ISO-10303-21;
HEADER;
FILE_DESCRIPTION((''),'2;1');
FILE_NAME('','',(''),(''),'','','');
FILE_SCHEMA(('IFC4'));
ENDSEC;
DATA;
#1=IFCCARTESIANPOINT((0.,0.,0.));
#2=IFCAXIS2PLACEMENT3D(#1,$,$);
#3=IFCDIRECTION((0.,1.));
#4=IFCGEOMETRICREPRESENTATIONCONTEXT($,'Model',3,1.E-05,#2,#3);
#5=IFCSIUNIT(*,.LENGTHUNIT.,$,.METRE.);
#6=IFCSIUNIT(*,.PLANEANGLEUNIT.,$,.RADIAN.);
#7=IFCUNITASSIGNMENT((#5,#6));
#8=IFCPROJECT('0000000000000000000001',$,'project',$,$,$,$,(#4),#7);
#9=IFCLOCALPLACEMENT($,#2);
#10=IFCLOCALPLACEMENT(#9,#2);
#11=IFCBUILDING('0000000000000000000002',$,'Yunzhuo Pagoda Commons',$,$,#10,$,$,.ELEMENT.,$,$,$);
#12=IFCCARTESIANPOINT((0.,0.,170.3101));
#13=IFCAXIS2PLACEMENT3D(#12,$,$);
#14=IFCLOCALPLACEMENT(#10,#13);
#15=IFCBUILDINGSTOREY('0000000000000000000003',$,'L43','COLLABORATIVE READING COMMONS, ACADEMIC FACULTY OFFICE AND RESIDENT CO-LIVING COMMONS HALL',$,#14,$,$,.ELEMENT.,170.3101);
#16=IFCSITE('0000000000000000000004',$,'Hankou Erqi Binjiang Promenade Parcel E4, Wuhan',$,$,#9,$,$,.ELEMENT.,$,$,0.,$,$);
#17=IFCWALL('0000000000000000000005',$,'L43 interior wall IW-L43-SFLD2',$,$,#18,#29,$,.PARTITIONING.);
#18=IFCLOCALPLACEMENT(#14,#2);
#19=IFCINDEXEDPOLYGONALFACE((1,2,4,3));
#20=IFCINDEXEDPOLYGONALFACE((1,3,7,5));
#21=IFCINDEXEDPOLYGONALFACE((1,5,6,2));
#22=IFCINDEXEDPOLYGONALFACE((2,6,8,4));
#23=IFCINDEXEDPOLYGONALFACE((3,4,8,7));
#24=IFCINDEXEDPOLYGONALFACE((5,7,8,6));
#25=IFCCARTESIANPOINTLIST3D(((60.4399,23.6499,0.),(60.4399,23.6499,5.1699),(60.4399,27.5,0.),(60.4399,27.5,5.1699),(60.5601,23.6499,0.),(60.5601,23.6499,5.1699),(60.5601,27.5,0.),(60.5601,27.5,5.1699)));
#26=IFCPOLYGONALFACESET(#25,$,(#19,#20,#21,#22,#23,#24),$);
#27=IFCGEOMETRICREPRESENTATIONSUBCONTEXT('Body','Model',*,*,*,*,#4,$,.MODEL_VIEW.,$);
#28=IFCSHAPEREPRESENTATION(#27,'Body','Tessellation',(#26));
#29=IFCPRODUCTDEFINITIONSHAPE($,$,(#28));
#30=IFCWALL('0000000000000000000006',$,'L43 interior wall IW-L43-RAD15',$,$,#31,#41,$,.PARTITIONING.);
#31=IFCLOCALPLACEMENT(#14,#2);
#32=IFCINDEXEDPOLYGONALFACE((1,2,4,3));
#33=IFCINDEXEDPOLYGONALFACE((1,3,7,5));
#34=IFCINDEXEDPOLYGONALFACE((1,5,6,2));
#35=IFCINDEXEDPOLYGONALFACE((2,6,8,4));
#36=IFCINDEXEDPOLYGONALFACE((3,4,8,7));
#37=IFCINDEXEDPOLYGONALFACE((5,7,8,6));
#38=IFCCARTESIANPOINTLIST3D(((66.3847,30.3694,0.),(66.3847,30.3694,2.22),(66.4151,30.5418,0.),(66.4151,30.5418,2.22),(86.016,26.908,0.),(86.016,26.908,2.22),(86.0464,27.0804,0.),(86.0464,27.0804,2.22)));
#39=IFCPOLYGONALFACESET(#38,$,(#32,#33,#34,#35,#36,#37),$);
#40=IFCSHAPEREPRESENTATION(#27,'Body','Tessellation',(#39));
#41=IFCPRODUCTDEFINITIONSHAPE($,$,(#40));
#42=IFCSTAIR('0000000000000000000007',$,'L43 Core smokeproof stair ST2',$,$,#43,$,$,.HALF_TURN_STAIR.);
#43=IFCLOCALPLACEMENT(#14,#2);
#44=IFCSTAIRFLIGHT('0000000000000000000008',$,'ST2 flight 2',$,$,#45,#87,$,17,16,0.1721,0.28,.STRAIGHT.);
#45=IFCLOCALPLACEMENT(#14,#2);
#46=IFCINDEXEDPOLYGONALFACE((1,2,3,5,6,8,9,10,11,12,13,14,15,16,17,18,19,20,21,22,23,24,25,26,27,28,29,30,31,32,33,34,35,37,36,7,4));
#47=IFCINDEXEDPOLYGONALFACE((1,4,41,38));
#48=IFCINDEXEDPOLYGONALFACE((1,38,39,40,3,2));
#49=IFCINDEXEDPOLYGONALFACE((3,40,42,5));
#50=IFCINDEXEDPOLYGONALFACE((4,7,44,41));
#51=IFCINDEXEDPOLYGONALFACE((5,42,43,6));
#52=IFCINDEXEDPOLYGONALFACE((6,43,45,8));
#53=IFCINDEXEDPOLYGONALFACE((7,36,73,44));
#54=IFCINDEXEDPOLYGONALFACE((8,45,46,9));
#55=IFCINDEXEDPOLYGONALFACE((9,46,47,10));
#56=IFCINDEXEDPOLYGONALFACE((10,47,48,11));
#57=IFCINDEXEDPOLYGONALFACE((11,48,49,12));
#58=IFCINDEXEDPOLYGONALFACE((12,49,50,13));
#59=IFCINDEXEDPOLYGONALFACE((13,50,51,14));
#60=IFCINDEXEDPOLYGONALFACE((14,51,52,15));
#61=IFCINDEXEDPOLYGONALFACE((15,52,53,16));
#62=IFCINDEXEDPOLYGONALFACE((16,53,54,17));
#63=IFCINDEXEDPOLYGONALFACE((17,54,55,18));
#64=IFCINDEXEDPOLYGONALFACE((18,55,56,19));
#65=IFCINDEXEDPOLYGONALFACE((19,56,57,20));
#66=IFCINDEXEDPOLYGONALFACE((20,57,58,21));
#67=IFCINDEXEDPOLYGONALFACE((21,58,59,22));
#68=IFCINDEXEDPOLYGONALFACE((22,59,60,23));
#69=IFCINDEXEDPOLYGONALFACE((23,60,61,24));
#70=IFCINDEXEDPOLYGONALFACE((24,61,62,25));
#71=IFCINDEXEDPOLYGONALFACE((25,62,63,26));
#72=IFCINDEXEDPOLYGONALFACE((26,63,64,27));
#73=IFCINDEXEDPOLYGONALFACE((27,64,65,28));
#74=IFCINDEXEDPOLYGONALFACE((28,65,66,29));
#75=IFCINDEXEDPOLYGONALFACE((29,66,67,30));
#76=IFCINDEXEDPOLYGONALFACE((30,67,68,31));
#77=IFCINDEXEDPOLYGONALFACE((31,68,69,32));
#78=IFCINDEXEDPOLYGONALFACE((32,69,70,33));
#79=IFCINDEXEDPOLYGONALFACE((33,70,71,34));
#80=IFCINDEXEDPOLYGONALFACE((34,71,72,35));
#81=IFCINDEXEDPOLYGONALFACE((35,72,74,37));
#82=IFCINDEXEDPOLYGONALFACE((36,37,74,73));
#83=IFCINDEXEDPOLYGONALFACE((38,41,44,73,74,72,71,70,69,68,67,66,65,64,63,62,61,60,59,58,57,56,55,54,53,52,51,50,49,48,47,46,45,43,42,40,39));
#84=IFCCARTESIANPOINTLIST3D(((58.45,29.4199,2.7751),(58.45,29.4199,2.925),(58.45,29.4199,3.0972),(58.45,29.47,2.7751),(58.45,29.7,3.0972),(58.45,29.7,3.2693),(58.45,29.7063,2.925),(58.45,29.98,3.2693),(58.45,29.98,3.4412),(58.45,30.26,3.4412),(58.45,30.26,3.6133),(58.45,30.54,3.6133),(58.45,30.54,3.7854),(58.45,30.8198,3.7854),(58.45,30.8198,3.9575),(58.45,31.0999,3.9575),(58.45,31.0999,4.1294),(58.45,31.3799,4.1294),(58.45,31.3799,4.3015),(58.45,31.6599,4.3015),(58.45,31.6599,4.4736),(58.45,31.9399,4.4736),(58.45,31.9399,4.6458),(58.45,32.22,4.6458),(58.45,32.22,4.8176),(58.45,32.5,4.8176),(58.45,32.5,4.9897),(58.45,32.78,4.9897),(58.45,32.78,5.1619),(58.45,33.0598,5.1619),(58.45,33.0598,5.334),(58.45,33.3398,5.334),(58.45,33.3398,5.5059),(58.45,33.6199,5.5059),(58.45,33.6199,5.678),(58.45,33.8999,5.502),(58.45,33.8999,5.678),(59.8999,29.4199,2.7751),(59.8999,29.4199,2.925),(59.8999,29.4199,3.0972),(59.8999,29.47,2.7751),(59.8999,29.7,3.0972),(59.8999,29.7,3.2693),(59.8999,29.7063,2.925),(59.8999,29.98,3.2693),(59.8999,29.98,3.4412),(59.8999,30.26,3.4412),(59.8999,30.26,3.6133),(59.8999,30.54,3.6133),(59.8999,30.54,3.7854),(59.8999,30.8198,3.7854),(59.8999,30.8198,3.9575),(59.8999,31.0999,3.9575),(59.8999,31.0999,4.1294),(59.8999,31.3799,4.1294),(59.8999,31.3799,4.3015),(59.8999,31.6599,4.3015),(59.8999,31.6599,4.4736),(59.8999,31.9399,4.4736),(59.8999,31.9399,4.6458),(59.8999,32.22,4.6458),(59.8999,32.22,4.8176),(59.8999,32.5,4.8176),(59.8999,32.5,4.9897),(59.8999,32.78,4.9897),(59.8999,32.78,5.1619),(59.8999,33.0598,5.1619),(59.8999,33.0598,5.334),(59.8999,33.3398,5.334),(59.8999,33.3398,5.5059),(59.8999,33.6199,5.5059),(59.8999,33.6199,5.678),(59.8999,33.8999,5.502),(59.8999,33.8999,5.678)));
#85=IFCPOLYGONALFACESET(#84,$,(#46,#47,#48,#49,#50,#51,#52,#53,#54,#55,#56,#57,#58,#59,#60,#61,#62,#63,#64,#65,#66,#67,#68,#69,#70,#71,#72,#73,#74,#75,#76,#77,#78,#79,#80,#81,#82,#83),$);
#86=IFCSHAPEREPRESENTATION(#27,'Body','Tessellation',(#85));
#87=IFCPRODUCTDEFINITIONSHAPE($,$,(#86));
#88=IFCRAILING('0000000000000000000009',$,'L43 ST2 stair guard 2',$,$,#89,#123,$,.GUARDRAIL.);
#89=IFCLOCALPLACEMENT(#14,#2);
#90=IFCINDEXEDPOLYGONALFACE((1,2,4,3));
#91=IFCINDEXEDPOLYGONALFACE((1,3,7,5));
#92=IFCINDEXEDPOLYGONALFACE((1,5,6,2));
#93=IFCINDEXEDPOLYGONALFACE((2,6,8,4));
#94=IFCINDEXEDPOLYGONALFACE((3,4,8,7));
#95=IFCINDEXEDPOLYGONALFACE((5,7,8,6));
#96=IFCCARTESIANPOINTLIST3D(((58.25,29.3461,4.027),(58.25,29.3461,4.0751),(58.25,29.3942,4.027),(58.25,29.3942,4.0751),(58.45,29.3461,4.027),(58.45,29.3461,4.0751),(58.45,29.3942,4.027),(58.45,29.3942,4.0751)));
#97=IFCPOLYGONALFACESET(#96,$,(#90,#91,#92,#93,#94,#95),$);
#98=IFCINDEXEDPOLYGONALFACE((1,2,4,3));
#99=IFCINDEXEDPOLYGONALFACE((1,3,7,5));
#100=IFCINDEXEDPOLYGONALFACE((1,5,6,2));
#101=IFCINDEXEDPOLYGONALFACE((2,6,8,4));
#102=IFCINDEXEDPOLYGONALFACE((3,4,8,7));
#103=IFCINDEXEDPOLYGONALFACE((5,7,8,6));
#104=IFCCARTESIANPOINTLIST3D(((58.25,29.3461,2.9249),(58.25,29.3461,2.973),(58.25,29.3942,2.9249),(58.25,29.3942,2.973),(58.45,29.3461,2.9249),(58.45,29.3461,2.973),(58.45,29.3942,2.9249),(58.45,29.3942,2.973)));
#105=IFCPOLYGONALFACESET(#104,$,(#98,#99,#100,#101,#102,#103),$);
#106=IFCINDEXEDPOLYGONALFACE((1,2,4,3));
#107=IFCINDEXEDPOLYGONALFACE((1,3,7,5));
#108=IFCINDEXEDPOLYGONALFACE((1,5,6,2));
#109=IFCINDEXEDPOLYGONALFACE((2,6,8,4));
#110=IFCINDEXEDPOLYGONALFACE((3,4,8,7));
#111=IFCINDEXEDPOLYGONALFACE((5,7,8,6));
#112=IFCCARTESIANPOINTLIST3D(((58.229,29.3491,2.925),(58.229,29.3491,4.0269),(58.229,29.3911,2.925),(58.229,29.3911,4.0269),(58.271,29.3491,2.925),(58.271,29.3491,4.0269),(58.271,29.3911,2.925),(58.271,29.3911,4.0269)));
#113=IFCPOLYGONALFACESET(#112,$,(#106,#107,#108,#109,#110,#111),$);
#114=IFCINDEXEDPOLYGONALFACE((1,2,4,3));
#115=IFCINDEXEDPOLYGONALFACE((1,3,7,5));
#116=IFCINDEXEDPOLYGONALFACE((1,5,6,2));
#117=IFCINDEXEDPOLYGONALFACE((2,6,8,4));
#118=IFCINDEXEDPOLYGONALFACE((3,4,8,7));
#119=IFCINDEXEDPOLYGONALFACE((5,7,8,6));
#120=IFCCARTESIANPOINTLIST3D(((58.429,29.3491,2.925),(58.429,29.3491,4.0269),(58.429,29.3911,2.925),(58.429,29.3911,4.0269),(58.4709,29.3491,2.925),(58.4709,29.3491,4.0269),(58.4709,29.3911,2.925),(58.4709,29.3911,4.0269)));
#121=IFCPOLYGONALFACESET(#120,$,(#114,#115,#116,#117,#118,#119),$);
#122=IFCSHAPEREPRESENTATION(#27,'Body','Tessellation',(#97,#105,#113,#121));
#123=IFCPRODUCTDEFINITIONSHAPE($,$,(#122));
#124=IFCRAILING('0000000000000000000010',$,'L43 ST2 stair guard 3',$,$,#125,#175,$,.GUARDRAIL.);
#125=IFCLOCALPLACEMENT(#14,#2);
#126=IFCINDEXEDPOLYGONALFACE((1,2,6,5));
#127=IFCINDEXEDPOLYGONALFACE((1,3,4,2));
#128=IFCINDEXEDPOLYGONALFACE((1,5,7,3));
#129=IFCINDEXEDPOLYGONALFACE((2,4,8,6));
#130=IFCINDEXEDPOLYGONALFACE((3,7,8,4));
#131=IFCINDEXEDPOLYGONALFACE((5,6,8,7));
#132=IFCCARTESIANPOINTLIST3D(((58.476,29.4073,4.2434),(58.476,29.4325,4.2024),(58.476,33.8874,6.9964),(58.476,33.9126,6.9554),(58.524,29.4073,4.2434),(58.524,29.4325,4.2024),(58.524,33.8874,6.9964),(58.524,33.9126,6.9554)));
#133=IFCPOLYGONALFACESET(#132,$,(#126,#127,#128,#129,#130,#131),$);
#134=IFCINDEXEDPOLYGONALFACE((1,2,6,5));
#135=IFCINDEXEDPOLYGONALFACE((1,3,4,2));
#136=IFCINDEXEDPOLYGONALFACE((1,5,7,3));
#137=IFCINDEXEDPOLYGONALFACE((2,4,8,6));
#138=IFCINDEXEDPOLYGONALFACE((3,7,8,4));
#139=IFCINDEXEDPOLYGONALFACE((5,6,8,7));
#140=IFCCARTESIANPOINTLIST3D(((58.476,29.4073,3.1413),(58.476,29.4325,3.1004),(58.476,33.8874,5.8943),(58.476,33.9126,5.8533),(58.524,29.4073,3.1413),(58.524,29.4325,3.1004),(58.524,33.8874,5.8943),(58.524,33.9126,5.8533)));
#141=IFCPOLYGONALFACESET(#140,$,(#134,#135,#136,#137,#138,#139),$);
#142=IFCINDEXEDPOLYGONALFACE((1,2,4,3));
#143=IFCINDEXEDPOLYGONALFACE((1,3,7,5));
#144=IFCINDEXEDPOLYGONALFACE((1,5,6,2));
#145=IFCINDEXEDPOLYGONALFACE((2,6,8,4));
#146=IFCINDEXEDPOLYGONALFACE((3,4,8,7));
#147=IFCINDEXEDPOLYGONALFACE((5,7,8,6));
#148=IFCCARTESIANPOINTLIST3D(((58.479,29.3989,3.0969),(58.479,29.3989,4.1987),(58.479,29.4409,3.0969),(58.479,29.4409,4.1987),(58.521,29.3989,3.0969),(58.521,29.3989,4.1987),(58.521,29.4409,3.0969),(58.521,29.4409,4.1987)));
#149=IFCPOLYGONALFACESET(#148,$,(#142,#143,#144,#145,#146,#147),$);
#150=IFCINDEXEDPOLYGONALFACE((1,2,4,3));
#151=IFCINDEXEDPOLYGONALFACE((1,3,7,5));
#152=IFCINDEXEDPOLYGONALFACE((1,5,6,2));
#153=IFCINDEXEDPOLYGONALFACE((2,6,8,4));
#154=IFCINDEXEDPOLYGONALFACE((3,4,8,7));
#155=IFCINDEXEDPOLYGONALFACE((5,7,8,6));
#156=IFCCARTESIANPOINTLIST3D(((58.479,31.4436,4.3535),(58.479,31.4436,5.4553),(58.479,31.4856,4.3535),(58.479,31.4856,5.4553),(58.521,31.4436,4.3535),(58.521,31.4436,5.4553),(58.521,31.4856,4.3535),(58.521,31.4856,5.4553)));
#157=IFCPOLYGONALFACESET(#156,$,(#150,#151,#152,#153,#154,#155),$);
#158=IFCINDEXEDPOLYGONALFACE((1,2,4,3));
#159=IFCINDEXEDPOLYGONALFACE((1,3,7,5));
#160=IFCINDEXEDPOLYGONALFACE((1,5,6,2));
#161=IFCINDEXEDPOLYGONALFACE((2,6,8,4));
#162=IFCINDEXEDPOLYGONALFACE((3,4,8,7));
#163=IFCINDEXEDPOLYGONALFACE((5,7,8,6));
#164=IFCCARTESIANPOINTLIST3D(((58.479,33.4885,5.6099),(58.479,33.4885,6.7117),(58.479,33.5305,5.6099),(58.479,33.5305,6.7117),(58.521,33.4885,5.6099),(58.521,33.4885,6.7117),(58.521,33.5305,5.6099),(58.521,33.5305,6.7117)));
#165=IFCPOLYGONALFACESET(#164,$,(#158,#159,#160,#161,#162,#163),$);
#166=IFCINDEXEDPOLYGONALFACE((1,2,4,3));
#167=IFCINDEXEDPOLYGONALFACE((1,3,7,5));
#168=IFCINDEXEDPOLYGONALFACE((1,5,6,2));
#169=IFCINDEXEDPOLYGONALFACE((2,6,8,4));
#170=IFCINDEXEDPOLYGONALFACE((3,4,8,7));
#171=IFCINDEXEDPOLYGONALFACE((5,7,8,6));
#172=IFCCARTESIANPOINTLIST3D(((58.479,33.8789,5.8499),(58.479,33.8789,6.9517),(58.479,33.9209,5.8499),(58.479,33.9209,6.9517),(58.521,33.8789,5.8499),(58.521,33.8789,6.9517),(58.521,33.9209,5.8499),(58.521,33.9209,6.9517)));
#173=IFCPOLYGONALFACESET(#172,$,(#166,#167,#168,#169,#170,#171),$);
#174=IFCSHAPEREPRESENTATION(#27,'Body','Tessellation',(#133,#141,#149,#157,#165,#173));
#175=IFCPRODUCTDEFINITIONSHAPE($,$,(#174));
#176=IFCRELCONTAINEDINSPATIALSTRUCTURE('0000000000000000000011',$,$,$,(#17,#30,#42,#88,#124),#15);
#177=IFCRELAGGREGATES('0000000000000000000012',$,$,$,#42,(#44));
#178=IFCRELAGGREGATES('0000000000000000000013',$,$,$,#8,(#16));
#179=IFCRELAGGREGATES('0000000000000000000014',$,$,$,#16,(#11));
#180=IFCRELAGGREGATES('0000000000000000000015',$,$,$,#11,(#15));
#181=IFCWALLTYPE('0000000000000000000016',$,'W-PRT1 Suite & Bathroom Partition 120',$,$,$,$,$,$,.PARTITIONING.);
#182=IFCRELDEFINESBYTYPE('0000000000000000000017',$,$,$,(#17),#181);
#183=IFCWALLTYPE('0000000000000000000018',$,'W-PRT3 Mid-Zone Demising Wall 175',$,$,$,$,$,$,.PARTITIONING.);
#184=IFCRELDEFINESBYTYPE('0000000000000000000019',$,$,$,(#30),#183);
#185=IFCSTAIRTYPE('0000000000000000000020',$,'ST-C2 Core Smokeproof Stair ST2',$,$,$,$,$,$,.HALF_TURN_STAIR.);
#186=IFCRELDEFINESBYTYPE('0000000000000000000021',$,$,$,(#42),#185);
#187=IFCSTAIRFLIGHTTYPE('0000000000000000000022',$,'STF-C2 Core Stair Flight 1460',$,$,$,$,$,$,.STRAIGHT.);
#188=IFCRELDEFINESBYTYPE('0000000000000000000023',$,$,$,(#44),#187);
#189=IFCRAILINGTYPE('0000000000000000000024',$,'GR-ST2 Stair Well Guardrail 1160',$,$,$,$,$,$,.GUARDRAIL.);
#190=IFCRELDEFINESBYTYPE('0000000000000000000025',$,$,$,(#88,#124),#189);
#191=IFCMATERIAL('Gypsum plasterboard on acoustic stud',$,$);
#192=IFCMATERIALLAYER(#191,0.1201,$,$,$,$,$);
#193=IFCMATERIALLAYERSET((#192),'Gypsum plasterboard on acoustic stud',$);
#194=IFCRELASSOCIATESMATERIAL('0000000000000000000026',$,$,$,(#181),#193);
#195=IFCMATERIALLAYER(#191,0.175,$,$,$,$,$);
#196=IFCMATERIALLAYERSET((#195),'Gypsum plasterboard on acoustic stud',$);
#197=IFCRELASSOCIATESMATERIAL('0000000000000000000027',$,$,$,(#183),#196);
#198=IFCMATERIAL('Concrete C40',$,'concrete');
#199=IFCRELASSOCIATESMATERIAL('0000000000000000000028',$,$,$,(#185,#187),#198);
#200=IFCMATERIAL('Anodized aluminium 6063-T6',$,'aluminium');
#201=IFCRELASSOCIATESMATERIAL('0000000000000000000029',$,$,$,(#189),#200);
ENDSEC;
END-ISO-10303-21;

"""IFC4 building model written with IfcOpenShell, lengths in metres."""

from ifc_helpers import new_model, si_unit, direction, frame, frame_2d, origin, origin_2d, place, context, subcontext, project, spatial, polyline, rectangle, outline, extrude, source, transform, mapped, material, layer, layer_set, type_object, element, aggregate, save


model = new_model("IFC4")

# Units and contexts
model_context = context("Model", 3, precision=1e-05, world=origin(), true_north=direction((0.0, 1.0)))
body_context = subcontext(model_context, "Body", "Model", "MODEL_VIEW")
ifc_project = project(units=[si_unit("LENGTHUNIT", "METRE"), si_unit("PLANEANGLEUNIT", "RADIAN")], contexts=[model_context])

# Site, building, storey
site_placement = place(None, origin())
site = spatial("IfcSite", under=ifc_project, at=site_placement, Name="Hankou Erqi Binjiang Promenade Parcel E4, Wuhan", CompositionType="ELEMENT", RefElevation=0.0)
building_placement = place(site_placement, origin())
building = spatial("IfcBuilding", under=site, at=building_placement, Name="Yunzhuo Pagoda Commons", CompositionType="ELEMENT")
storey_placement = place(building_placement, frame((0.0, 0.0, 170.3101)))
storey = spatial("IfcBuildingStorey", under=building, at=storey_placement, Name="L43", Description="COLLABORATIVE READING COMMONS, ACADEMIC FACULTY OFFICE AND RESIDENT CO-LIVING COMMONS HALL", CompositionType="ELEMENT", Elevation=170.3101)

# Shared definitions
ifc_material_1 = material(Name="Anodized aluminium 6063-T6", Category="aluminium")

# Shared definitions
ifc_material_2 = material(Name="Gypsum plasterboard on acoustic stud")

# Walls
ifc_layer_1 = layer(ifc_material_2, 0.1201)
ifc_layer_set_1 = layer_set([ifc_layer_1], Name="Gypsum plasterboard on acoustic stud")
wall_type_1 = type_object("IfcWallType", Name="W-PRT1 Suite & Bathroom Partition 120", PredefinedType="PARTITIONING", material=ifc_layer_set_1)
wall_1_placement = place(storey_placement, frame((60.5, 23.6499, 0.0), z_axis=(0.0, 0.0, 1.0), x_axis=(0.0, 1.0, 0.0)))
element("IfcWall", 1, at=wall_1_placement, inside=storey, type_object=wall_type_1, Name="L43 interior wall IW-L43-SFLD2", PredefinedType="PARTITIONING", context=body_context, shape_type="SweptSolid", body=[
    extrude(rectangle(XDim=3.8501, YDim=0.1201, at=frame_2d((1.925, 0.0))), origin(), (0.0, 0.0, 1.0), 5.1699),
])
ifc_layer_2 = layer(ifc_material_2, 0.175)
ifc_layer_set_2 = layer_set([ifc_layer_2], Name="Gypsum plasterboard on acoustic stud")
wall_type_2 = type_object("IfcWallType", Name="W-PRT3 Mid-Zone Demising Wall 175", PredefinedType="PARTITIONING", material=ifc_layer_set_2)
wall_2_placement = place(storey_placement, frame((66.3999, 30.4556, 0.0), z_axis=(0.0, 0.0, 1.0), x_axis=(0.984809, -0.173643, 0.0)))
element("IfcWall", 2, at=wall_2_placement, inside=storey, type_object=wall_type_2, Name="L43 interior wall IW-L43-RAD15", PredefinedType="PARTITIONING", context=body_context, shape_type="SweptSolid", body=[
    extrude(rectangle(XDim=19.9341, YDim=0.175, at=frame_2d((9.967, 0.0))), origin(), (0.0, 0.0, 1.0), 2.22),
])

# Stair, stair flight
ifc_material_3 = material(Name="Concrete C40", Category="concrete")
stair_type = type_object("IfcStairType", Name="ST-C2 Core Smokeproof Stair ST2", PredefinedType="HALF_TURN_STAIR", material=ifc_material_3)
stair_placement = place(storey_placement, origin())
stair = element("IfcStair", 3, at=stair_placement, inside=storey, type_object=stair_type, Name="L43 Core smokeproof stair ST2", PredefinedType="HALF_TURN_STAIR")
stair_flight_type = type_object("IfcStairFlightType", Name="STF-C2 Core Stair Flight 1460", PredefinedType="STRAIGHT", material=ifc_material_3)
shared_shape_1 = source(origin(), body_context, "Body", "SweptSolid", [
    extrude(outline(polyline([(0.0, -0.1499), (0.0, 0.0), (0.0, 0.1721), (0.28, 0.1721), (0.28, 0.3442), (0.5601, 0.3442), (0.5601, 0.5161), (0.8401, 0.5161), (0.8401, 0.6882), (1.1201, 0.6882), (1.1201, 0.8604), (1.3999, 0.8604), (1.3999, 1.0325), (1.6799, 1.0325), (1.6799, 1.2043), (1.96, 1.2043), (1.96, 1.3765), (2.24, 1.3765), (2.24, 1.5486), (2.52, 1.5486), (2.52, 1.7207), (2.8, 1.7207), (2.8, 1.8926), (3.0801, 1.8926), (3.0801, 2.0647), (3.3601, 2.0647), (3.3601, 2.2368), (3.6399, 2.2368), (3.6399, 2.4089), (3.9199, 2.4089), (3.9199, 2.5808), (4.2, 2.5808), (4.2, 2.7529), (4.48, 2.7529), (4.48, 2.925), (4.48, 2.5769), (0.2864, 0.0), (0.05, -0.1499), (0.0, -0.1499)])), frame((0.0, 0.7251, 0.0), z_axis=(0.0, -1.0, 0.0), x_axis=(1.0, 0.0, 0.0)), (0.0, 0.0, 1.0), 1.45),
])
stair_flight_placement = place(storey_placement, frame((59.175, 29.4199, 2.925), z_axis=(0.0, 0.0, 1.0), x_axis=(0.0, 1.0, 0.0)))
stair_flight = element("IfcStairFlight", 4, at=stair_flight_placement, type_object=stair_flight_type, Name="ST2 flight 2", NumberOfRisers=17, NumberOfTreads=16, PredefinedType="STRAIGHT", RiserHeight=0.1721, TreadLength=0.28, context=body_context, shape_type="MappedRepresentation", body=[
    mapped(shared_shape_1, transform((0.0, 0.0, 0.0), scale=1.0)),
])
aggregate(stair, [stair_flight])

# Railings
railing_type_1 = type_object("IfcRailingType", Name="GR-ST2 Stair Well Guardrail 1160", PredefinedType="GUARDRAIL", material=ifc_material_1)
railing_1_placement = place(storey_placement, frame((58.25, 29.3701, 2.925)))
element("IfcRailing", 5, at=railing_1_placement, inside=storey, type_object=railing_type_1, Name="L43 ST2 stair guard 2", PredefinedType="GUARDRAIL", context=body_context, shape_type="SweptSolid", body=[
    extrude(rectangle(XDim=0.0481, YDim=0.0481, at=origin_2d()), frame((0.0, 0.0, 1.126), z_axis=(1.0, 0.0, 0.0), x_axis=(0.0, 1.0, 0.0)), (0.0, 0.0, 1.0), 0.2),
    extrude(rectangle(XDim=0.0481, YDim=0.0481, at=origin_2d()), frame((0.0, 0.0, 0.0239), z_axis=(1.0, 0.0, 0.0), x_axis=(0.0, 1.0, 0.0)), (0.0, 0.0, 1.0), 0.2),
    extrude(rectangle(XDim=0.042, YDim=0.042, at=origin_2d()), origin(), (0.0, 0.0, 1.0), 1.1018),
    extrude(rectangle(XDim=0.042, YDim=0.042, at=origin_2d()), frame((0.2, 0.0, 0.0)), (0.0, 0.0, 1.0), 1.1018),
])
railing_2_placement = place(storey_placement, frame((58.5, 29.4199, 3.0969)))
element("IfcRailing", 6, at=railing_2_placement, inside=storey, type_object=railing_type_1, Name="L43 ST2 stair guard 3", PredefinedType="GUARDRAIL", context=body_context, shape_type="SweptSolid", body=[
    extrude(rectangle(XDim=0.0481, YDim=0.0481, at=origin_2d()), frame((0.0, 0.0, 1.126), z_axis=(0.0, 0.851996, 0.523548), x_axis=(-1.0, 0.0, 0.0)), (0.0, 0.0, 1.0), 5.2583),
    extrude(rectangle(XDim=0.0481, YDim=0.0481, at=origin_2d()), frame((0.0, 0.0, 0.0239), z_axis=(0.0, 0.851996, 0.523548), x_axis=(-1.0, 0.0, 0.0)), (0.0, 0.0, 1.0), 5.2583),
    extrude(rectangle(XDim=0.042, YDim=0.042, at=origin_2d()), origin(), (0.0, 0.0, 1.0), 1.1018),
    extrude(rectangle(XDim=0.042, YDim=0.042, at=origin_2d()), frame((0.0, 2.0447, 1.2566)), (0.0, 0.0, 1.0), 1.1018),
    extrude(rectangle(XDim=0.042, YDim=0.042, at=origin_2d()), frame((0.0, 4.0896, 2.5129)), (0.0, 0.0, 1.0), 1.1018),
    extrude(rectangle(XDim=0.042, YDim=0.042, at=origin_2d()), frame((0.0, 4.48, 2.7529)), (0.0, 0.0, 1.0), 1.1018),
])

save(model, "model.ifc")
